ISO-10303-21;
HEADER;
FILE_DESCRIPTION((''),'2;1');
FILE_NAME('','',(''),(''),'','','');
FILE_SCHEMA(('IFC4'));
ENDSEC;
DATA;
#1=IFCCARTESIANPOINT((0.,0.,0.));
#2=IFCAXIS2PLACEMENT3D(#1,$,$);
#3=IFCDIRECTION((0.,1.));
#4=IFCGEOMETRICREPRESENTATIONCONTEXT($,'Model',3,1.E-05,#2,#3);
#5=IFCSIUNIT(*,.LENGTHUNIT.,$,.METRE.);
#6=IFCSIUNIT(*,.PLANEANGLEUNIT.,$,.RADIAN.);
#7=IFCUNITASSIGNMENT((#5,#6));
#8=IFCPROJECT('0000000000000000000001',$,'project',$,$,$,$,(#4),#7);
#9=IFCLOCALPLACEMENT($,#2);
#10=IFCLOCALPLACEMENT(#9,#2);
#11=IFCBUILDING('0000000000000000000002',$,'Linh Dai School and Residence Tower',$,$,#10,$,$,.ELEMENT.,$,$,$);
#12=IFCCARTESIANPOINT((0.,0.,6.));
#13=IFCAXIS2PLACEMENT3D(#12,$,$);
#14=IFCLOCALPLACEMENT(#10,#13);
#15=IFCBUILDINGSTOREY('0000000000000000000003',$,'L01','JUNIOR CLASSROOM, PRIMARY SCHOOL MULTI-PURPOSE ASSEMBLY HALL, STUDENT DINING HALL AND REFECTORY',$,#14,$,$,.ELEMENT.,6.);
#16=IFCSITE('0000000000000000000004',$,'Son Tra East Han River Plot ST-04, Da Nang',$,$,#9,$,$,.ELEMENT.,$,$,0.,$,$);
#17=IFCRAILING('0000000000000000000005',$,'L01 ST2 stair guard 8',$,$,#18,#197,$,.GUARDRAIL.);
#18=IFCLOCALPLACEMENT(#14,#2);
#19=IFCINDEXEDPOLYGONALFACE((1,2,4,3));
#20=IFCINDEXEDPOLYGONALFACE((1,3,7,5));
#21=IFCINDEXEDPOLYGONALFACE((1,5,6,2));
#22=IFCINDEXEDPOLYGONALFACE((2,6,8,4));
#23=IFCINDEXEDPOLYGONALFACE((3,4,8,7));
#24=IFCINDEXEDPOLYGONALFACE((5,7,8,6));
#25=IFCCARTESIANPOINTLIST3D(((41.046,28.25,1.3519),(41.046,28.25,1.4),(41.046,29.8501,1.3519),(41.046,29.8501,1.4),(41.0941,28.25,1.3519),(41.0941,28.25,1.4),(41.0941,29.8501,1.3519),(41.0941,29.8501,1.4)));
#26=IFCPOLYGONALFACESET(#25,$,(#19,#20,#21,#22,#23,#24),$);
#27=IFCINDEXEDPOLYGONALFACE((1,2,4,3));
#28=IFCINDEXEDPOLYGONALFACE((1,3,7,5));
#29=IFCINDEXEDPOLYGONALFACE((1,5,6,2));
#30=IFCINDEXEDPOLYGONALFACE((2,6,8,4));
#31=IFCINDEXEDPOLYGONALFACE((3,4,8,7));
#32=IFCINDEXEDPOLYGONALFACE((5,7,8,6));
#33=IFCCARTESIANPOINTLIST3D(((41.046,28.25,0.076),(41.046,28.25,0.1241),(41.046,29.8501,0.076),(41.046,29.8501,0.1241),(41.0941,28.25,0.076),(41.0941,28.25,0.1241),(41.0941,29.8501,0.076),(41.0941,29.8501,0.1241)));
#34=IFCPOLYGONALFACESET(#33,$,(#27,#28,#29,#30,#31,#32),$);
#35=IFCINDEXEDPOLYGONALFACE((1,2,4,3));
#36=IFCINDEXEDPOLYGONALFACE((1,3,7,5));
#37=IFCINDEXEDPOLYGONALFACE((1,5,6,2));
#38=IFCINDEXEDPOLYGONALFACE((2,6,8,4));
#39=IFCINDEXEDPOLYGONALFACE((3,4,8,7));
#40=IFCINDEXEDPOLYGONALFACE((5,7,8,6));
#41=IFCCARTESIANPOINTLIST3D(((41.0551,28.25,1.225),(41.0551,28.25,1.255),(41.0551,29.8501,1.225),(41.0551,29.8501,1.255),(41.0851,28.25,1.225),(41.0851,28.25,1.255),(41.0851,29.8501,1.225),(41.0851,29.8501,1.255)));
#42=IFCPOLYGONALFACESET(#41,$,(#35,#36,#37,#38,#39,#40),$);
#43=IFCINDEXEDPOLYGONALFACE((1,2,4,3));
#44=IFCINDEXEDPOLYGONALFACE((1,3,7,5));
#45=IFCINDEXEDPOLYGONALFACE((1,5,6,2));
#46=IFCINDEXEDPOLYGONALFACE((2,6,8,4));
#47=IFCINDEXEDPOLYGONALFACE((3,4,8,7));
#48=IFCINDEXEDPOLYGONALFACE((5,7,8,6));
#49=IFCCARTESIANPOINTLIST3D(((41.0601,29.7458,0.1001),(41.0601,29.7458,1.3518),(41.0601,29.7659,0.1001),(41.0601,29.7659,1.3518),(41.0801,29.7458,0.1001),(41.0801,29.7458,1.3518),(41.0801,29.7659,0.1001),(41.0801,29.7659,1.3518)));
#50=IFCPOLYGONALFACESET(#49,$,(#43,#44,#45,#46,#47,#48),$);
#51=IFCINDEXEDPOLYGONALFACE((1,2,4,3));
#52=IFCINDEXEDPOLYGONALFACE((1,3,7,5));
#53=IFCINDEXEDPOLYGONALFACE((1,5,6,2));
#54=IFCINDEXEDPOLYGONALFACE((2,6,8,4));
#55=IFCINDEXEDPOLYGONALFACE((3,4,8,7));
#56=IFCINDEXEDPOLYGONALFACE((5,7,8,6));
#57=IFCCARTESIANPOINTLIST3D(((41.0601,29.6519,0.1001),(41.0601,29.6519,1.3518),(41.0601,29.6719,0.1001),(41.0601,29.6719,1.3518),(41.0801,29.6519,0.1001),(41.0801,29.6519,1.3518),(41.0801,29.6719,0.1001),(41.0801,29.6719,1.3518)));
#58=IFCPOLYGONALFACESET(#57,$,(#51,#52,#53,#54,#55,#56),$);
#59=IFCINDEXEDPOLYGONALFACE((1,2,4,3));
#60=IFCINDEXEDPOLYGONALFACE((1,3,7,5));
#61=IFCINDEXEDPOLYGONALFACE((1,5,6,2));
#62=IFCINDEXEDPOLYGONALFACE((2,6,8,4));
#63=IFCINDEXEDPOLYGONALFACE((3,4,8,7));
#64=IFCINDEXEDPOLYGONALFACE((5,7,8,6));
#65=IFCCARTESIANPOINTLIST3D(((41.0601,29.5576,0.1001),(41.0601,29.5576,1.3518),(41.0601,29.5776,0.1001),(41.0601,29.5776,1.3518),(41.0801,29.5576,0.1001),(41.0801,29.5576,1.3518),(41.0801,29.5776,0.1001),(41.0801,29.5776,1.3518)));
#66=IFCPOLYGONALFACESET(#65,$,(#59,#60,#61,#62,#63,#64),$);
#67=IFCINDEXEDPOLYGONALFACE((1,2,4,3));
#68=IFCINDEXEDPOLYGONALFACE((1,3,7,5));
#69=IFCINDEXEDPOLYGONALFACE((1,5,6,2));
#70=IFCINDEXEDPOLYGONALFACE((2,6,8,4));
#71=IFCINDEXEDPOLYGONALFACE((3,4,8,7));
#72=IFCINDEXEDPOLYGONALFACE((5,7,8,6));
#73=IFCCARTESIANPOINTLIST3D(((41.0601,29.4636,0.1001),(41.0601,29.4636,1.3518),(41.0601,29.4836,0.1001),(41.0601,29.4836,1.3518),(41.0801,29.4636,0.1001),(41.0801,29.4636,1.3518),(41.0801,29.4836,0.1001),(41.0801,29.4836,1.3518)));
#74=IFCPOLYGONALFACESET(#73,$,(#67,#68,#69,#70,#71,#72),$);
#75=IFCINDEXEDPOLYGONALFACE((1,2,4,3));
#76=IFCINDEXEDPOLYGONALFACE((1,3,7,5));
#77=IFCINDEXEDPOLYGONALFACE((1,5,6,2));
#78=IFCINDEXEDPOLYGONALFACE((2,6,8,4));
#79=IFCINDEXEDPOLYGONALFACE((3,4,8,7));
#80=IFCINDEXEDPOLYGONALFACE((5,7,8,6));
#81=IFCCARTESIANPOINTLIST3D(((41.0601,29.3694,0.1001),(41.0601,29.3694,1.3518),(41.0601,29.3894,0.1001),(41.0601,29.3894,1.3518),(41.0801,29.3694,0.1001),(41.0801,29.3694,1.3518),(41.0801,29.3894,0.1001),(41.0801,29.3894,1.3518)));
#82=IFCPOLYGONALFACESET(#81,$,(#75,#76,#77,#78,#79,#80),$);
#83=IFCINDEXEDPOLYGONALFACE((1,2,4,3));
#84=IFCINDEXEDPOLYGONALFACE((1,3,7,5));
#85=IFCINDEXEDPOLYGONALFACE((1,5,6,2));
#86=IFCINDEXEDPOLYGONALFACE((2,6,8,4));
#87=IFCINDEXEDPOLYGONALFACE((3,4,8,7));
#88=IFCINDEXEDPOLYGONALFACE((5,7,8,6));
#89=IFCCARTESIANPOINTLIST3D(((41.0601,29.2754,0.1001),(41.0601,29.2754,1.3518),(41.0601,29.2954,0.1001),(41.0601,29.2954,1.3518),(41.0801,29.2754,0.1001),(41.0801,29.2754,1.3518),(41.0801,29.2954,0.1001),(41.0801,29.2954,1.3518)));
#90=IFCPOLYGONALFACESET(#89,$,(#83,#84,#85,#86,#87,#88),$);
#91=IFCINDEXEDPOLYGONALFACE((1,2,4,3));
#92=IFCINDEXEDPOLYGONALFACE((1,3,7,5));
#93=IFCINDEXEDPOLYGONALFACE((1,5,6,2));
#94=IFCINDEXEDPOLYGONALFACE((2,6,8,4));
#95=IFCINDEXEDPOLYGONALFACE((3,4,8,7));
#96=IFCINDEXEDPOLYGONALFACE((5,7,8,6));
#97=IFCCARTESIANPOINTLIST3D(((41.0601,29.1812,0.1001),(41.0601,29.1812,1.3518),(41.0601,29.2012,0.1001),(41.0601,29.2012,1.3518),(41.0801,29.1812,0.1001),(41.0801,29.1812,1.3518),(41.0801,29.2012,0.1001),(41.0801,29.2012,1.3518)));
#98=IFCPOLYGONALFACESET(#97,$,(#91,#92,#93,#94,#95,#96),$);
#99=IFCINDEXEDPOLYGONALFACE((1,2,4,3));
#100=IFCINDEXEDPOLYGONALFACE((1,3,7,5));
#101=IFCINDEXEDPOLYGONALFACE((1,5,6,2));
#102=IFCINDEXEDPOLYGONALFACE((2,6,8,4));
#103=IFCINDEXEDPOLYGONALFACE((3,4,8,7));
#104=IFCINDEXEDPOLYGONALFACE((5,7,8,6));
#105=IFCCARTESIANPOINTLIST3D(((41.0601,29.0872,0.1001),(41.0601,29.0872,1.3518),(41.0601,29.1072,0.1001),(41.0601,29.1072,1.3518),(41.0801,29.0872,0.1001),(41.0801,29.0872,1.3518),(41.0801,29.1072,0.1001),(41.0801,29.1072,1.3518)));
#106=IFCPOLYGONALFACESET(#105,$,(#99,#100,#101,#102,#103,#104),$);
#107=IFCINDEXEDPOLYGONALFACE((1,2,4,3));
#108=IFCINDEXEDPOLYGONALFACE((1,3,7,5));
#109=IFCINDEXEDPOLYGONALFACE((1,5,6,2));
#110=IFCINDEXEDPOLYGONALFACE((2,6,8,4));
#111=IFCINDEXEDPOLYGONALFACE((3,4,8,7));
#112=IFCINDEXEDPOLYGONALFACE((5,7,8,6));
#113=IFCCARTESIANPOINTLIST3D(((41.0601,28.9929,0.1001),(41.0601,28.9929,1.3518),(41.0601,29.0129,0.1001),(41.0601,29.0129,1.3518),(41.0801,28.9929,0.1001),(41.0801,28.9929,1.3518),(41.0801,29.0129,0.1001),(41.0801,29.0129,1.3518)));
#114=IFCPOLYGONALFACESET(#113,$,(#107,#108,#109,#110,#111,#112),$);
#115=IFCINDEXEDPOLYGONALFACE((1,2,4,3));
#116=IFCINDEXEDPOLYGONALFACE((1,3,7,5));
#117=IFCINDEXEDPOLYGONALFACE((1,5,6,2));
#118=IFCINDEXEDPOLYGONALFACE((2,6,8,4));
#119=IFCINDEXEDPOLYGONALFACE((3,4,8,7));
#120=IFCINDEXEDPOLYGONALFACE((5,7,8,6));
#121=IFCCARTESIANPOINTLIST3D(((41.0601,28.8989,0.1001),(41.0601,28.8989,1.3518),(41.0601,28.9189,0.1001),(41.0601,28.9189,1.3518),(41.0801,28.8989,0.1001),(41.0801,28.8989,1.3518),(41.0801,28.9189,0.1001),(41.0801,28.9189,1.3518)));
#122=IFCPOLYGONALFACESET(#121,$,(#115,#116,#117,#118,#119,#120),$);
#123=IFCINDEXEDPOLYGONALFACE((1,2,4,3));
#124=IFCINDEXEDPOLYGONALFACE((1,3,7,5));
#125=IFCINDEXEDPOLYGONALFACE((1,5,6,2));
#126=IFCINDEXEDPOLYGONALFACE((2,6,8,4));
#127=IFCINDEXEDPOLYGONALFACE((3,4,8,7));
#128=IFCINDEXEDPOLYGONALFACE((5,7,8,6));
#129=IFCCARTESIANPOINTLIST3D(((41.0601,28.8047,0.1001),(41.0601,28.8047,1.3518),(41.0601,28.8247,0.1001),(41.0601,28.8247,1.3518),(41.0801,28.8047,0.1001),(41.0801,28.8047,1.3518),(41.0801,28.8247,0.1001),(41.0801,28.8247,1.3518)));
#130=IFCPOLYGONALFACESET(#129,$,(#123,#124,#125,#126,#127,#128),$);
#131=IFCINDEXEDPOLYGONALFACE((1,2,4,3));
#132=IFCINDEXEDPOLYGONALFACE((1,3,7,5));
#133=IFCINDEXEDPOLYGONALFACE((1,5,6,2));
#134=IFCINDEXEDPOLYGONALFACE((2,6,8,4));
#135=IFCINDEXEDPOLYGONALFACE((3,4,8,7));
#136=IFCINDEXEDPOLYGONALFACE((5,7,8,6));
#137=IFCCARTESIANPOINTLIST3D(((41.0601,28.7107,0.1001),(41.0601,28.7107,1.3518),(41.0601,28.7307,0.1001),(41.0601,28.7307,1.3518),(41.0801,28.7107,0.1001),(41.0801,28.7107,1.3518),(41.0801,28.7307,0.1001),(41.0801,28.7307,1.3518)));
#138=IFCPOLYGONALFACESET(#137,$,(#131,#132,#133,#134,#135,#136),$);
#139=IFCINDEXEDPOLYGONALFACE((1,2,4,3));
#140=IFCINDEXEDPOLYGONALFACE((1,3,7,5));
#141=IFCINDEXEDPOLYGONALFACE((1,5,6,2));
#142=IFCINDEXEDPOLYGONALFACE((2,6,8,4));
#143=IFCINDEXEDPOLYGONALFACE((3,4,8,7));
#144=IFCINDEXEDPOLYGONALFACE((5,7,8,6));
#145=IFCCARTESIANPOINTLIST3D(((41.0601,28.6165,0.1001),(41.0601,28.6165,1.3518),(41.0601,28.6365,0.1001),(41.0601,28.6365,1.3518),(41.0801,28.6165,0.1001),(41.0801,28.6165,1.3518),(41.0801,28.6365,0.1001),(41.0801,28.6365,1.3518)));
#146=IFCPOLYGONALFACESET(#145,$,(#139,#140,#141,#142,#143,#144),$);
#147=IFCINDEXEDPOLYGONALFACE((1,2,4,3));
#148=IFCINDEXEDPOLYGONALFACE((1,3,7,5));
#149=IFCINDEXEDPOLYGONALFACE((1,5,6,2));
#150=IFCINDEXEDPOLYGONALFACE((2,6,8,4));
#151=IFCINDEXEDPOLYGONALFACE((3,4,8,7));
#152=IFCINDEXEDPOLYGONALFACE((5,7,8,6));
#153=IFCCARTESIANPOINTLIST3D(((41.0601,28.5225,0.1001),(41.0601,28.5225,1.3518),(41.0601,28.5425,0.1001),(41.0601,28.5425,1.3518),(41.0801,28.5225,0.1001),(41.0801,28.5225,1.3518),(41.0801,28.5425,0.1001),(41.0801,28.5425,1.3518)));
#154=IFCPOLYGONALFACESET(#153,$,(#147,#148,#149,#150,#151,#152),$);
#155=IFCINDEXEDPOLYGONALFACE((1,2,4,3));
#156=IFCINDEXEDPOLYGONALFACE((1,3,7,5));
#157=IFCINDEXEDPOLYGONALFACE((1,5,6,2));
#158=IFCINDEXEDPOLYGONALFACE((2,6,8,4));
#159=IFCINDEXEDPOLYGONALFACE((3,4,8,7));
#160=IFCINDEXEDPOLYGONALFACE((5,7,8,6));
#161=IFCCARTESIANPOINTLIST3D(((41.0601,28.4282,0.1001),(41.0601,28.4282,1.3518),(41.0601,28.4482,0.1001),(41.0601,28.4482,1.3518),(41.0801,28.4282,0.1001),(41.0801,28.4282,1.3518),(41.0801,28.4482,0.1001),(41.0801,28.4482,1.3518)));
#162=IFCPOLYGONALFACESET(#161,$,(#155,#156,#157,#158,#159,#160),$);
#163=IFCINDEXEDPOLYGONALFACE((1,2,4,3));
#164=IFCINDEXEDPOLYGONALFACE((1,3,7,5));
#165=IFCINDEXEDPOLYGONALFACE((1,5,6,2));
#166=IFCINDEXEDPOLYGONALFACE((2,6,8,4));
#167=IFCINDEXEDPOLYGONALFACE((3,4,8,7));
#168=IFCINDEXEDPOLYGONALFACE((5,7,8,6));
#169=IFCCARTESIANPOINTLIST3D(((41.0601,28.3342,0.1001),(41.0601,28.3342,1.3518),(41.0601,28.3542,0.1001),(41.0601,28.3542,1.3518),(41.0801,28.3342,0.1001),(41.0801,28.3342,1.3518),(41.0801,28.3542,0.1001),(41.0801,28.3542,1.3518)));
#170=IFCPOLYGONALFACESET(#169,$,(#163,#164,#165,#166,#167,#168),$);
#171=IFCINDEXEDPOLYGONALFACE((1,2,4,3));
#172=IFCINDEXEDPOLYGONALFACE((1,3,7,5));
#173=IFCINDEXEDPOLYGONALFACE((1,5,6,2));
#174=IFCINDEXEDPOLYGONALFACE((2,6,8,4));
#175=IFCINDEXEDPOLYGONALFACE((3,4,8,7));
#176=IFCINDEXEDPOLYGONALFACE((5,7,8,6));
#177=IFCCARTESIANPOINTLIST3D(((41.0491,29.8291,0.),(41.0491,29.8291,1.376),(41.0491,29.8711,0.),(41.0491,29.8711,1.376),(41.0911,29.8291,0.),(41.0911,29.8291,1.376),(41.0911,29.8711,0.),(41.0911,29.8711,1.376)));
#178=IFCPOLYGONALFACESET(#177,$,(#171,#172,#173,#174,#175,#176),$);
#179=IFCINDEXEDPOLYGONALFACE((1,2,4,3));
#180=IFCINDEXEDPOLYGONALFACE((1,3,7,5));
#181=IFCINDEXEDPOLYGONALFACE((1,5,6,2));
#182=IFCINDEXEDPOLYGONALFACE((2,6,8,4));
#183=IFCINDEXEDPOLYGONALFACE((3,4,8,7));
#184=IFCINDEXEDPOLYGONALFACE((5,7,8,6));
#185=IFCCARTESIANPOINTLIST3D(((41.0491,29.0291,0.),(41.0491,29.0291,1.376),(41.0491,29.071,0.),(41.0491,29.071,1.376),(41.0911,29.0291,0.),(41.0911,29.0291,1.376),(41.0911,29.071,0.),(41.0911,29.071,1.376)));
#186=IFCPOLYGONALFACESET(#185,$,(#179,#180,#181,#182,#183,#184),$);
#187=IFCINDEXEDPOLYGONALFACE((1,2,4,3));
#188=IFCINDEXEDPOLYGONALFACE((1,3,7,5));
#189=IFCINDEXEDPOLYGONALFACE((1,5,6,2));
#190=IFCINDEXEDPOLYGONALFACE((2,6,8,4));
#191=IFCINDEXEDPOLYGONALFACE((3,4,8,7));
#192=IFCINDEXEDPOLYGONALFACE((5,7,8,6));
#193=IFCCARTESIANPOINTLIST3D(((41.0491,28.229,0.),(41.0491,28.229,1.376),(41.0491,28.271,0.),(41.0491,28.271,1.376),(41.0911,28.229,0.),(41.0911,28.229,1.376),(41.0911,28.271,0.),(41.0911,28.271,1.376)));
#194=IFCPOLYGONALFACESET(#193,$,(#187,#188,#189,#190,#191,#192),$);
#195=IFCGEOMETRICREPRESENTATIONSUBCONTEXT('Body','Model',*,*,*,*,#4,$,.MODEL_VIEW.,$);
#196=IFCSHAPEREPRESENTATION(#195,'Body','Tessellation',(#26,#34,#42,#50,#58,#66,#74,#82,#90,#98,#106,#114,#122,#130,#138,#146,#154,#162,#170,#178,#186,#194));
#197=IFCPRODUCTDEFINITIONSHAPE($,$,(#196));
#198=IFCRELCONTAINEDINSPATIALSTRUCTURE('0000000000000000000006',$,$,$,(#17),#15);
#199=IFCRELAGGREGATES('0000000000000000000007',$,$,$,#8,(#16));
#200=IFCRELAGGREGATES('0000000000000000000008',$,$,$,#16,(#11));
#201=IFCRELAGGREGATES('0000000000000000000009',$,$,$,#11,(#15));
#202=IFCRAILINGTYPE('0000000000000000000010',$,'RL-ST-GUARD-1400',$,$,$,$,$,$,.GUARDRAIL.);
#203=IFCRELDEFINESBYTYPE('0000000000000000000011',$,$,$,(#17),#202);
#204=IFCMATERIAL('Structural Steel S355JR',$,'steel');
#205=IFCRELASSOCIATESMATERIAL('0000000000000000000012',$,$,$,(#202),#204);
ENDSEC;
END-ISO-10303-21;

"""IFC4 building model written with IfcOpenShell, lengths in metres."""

from ifc_helpers import new_model, si_unit, direction, frame, origin, origin_2d, place, context, subcontext, project, spatial, rectangle, extrude, source, transform, mapped, material, type_object, element, save


model = new_model("IFC4")

# Units and contexts
model_context = context("Model", 3, precision=1e-05, world=origin(), true_north=direction((0.0, 1.0)))
body_context = subcontext(model_context, "Body", "Model", "MODEL_VIEW")
ifc_project = project(units=[si_unit("LENGTHUNIT", "METRE"), si_unit("PLANEANGLEUNIT", "RADIAN")], contexts=[model_context])

# Site, building, storey
site_placement = place(None, origin())
site = spatial("IfcSite", under=ifc_project, at=site_placement, Name="Son Tra East Han River Plot ST-04, Da Nang", CompositionType="ELEMENT", RefElevation=0.0)
building_placement = place(site_placement, origin())
building = spatial("IfcBuilding", under=site, at=building_placement, Name="Linh Dai School and Residence Tower", CompositionType="ELEMENT")
storey_placement = place(building_placement, frame((0.0, 0.0, 6.0)))
storey = spatial("IfcBuildingStorey", under=building, at=storey_placement, Name="L01", Description="JUNIOR CLASSROOM, PRIMARY SCHOOL MULTI-PURPOSE ASSEMBLY HALL, STUDENT DINING HALL AND REFECTORY", CompositionType="ELEMENT", Elevation=6.0)

# Shared definitions
ifc_material_1 = material(Name="Structural Steel S355JR", Category="steel")

# Railing
railing_type_1 = type_object("IfcRailingType", Name="RL-ST-GUARD-1400", PredefinedType="GUARDRAIL", material=ifc_material_1)
shared_shape_1 = source(origin(), body_context, "Body", "SweptSolid", [
    extrude(rectangle(XDim=0.0481, YDim=0.0481, at=origin_2d()), frame((0.0, 0.0, 1.376), z_axis=(0.0, -1.0, 0.0), x_axis=(1.0, 0.0, 0.0)), (0.0, 0.0, 1.0), 1.6001),
    extrude(rectangle(XDim=0.0481, YDim=0.0481, at=origin_2d()), frame((0.0, 0.0, 0.1001), z_axis=(0.0, -1.0, 0.0), x_axis=(1.0, 0.0, 0.0)), (0.0, 0.0, 1.0), 1.6001),
    extrude(rectangle(XDim=0.03, YDim=0.03, at=origin_2d()), frame((0.0, 0.0, 1.24), z_axis=(0.0, -1.0, 0.0), x_axis=(1.0, 0.0, 0.0)), (0.0, 0.0, 1.0), 1.6001),
    extrude(rectangle(XDim=0.02, YDim=0.02, at=origin_2d()), frame((0.0, -0.0942, 0.1001)), (0.0, 0.0, 1.0), 1.2517),
    extrude(rectangle(XDim=0.02, YDim=0.02, at=origin_2d()), frame((0.0, -0.1882, 0.1001)), (0.0, 0.0, 1.0), 1.2517),
    extrude(rectangle(XDim=0.02, YDim=0.02, at=origin_2d()), frame((0.0, -0.2825, 0.1001)), (0.0, 0.0, 1.0), 1.2517),
    extrude(rectangle(XDim=0.02, YDim=0.02, at=origin_2d()), frame((0.0, -0.3765, 0.1001)), (0.0, 0.0, 1.0), 1.2517),
    extrude(rectangle(XDim=0.02, YDim=0.02, at=origin_2d()), frame((0.0, -0.4707, 0.1001)), (0.0, 0.0, 1.0), 1.2517),
    extrude(rectangle(XDim=0.02, YDim=0.02, at=origin_2d()), frame((0.0, -0.5647, 0.1001)), (0.0, 0.0, 1.0), 1.2517),
    extrude(rectangle(XDim=0.02, YDim=0.02, at=origin_2d()), frame((0.0, -0.6589, 0.1001)), (0.0, 0.0, 1.0), 1.2517),
    extrude(rectangle(XDim=0.02, YDim=0.02, at=origin_2d()), frame((0.0, -0.7529, 0.1001)), (0.0, 0.0, 1.0), 1.2517),
    extrude(rectangle(XDim=0.02, YDim=0.02, at=origin_2d()), frame((0.0, -0.8472, 0.1001)), (0.0, 0.0, 1.0), 1.2517),
    extrude(rectangle(XDim=0.02, YDim=0.02, at=origin_2d()), frame((0.0, -0.9412, 0.1001)), (0.0, 0.0, 1.0), 1.2517),
    extrude(rectangle(XDim=0.02, YDim=0.02, at=origin_2d()), frame((0.0, -1.0354, 0.1001)), (0.0, 0.0, 1.0), 1.2517),
    extrude(rectangle(XDim=0.02, YDim=0.02, at=origin_2d()), frame((0.0, -1.1294, 0.1001)), (0.0, 0.0, 1.0), 1.2517),
    extrude(rectangle(XDim=0.02, YDim=0.02, at=origin_2d()), frame((0.0, -1.2236, 0.1001)), (0.0, 0.0, 1.0), 1.2517),
    extrude(rectangle(XDim=0.02, YDim=0.02, at=origin_2d()), frame((0.0, -1.3176, 0.1001)), (0.0, 0.0, 1.0), 1.2517),
    extrude(rectangle(XDim=0.02, YDim=0.02, at=origin_2d()), frame((0.0, -1.4119, 0.1001)), (0.0, 0.0, 1.0), 1.2517),
    extrude(rectangle(XDim=0.02, YDim=0.02, at=origin_2d()), frame((0.0, -1.5059, 0.1001)), (0.0, 0.0, 1.0), 1.2517),
    extrude(rectangle(XDim=0.042, YDim=0.042, at=origin_2d()), origin(), (0.0, 0.0, 1.0), 1.376),
    extrude(rectangle(XDim=0.042, YDim=0.042, at=origin_2d()), frame((0.0, -0.8, 0.0)), (0.0, 0.0, 1.0), 1.376),
    extrude(rectangle(XDim=0.042, YDim=0.042, at=origin_2d()), frame((0.0, -1.6001, 0.0)), (0.0, 0.0, 1.0), 1.376),
])
for number, where, name in (
    (1, (41.0701, 29.8501, 0.0), "L01 ST2 stair guard 8"),
):
    element("IfcRailing", number, at=place(storey_placement, frame(where)), inside=storey, type_object=railing_type_1, Name=name, PredefinedType="GUARDRAIL", context=body_context, shape_type="MappedRepresentation", body=[
        mapped(shared_shape_1, transform((0.0, 0.0, 0.0), x_axis=(1.0, 0.0, 0.0), y_axis=(0.0, 1.0, 0.0), z_axis=(0.0, 0.0, 1.0), scale=1.0)),
    ])

save(model, "model.ifc")
